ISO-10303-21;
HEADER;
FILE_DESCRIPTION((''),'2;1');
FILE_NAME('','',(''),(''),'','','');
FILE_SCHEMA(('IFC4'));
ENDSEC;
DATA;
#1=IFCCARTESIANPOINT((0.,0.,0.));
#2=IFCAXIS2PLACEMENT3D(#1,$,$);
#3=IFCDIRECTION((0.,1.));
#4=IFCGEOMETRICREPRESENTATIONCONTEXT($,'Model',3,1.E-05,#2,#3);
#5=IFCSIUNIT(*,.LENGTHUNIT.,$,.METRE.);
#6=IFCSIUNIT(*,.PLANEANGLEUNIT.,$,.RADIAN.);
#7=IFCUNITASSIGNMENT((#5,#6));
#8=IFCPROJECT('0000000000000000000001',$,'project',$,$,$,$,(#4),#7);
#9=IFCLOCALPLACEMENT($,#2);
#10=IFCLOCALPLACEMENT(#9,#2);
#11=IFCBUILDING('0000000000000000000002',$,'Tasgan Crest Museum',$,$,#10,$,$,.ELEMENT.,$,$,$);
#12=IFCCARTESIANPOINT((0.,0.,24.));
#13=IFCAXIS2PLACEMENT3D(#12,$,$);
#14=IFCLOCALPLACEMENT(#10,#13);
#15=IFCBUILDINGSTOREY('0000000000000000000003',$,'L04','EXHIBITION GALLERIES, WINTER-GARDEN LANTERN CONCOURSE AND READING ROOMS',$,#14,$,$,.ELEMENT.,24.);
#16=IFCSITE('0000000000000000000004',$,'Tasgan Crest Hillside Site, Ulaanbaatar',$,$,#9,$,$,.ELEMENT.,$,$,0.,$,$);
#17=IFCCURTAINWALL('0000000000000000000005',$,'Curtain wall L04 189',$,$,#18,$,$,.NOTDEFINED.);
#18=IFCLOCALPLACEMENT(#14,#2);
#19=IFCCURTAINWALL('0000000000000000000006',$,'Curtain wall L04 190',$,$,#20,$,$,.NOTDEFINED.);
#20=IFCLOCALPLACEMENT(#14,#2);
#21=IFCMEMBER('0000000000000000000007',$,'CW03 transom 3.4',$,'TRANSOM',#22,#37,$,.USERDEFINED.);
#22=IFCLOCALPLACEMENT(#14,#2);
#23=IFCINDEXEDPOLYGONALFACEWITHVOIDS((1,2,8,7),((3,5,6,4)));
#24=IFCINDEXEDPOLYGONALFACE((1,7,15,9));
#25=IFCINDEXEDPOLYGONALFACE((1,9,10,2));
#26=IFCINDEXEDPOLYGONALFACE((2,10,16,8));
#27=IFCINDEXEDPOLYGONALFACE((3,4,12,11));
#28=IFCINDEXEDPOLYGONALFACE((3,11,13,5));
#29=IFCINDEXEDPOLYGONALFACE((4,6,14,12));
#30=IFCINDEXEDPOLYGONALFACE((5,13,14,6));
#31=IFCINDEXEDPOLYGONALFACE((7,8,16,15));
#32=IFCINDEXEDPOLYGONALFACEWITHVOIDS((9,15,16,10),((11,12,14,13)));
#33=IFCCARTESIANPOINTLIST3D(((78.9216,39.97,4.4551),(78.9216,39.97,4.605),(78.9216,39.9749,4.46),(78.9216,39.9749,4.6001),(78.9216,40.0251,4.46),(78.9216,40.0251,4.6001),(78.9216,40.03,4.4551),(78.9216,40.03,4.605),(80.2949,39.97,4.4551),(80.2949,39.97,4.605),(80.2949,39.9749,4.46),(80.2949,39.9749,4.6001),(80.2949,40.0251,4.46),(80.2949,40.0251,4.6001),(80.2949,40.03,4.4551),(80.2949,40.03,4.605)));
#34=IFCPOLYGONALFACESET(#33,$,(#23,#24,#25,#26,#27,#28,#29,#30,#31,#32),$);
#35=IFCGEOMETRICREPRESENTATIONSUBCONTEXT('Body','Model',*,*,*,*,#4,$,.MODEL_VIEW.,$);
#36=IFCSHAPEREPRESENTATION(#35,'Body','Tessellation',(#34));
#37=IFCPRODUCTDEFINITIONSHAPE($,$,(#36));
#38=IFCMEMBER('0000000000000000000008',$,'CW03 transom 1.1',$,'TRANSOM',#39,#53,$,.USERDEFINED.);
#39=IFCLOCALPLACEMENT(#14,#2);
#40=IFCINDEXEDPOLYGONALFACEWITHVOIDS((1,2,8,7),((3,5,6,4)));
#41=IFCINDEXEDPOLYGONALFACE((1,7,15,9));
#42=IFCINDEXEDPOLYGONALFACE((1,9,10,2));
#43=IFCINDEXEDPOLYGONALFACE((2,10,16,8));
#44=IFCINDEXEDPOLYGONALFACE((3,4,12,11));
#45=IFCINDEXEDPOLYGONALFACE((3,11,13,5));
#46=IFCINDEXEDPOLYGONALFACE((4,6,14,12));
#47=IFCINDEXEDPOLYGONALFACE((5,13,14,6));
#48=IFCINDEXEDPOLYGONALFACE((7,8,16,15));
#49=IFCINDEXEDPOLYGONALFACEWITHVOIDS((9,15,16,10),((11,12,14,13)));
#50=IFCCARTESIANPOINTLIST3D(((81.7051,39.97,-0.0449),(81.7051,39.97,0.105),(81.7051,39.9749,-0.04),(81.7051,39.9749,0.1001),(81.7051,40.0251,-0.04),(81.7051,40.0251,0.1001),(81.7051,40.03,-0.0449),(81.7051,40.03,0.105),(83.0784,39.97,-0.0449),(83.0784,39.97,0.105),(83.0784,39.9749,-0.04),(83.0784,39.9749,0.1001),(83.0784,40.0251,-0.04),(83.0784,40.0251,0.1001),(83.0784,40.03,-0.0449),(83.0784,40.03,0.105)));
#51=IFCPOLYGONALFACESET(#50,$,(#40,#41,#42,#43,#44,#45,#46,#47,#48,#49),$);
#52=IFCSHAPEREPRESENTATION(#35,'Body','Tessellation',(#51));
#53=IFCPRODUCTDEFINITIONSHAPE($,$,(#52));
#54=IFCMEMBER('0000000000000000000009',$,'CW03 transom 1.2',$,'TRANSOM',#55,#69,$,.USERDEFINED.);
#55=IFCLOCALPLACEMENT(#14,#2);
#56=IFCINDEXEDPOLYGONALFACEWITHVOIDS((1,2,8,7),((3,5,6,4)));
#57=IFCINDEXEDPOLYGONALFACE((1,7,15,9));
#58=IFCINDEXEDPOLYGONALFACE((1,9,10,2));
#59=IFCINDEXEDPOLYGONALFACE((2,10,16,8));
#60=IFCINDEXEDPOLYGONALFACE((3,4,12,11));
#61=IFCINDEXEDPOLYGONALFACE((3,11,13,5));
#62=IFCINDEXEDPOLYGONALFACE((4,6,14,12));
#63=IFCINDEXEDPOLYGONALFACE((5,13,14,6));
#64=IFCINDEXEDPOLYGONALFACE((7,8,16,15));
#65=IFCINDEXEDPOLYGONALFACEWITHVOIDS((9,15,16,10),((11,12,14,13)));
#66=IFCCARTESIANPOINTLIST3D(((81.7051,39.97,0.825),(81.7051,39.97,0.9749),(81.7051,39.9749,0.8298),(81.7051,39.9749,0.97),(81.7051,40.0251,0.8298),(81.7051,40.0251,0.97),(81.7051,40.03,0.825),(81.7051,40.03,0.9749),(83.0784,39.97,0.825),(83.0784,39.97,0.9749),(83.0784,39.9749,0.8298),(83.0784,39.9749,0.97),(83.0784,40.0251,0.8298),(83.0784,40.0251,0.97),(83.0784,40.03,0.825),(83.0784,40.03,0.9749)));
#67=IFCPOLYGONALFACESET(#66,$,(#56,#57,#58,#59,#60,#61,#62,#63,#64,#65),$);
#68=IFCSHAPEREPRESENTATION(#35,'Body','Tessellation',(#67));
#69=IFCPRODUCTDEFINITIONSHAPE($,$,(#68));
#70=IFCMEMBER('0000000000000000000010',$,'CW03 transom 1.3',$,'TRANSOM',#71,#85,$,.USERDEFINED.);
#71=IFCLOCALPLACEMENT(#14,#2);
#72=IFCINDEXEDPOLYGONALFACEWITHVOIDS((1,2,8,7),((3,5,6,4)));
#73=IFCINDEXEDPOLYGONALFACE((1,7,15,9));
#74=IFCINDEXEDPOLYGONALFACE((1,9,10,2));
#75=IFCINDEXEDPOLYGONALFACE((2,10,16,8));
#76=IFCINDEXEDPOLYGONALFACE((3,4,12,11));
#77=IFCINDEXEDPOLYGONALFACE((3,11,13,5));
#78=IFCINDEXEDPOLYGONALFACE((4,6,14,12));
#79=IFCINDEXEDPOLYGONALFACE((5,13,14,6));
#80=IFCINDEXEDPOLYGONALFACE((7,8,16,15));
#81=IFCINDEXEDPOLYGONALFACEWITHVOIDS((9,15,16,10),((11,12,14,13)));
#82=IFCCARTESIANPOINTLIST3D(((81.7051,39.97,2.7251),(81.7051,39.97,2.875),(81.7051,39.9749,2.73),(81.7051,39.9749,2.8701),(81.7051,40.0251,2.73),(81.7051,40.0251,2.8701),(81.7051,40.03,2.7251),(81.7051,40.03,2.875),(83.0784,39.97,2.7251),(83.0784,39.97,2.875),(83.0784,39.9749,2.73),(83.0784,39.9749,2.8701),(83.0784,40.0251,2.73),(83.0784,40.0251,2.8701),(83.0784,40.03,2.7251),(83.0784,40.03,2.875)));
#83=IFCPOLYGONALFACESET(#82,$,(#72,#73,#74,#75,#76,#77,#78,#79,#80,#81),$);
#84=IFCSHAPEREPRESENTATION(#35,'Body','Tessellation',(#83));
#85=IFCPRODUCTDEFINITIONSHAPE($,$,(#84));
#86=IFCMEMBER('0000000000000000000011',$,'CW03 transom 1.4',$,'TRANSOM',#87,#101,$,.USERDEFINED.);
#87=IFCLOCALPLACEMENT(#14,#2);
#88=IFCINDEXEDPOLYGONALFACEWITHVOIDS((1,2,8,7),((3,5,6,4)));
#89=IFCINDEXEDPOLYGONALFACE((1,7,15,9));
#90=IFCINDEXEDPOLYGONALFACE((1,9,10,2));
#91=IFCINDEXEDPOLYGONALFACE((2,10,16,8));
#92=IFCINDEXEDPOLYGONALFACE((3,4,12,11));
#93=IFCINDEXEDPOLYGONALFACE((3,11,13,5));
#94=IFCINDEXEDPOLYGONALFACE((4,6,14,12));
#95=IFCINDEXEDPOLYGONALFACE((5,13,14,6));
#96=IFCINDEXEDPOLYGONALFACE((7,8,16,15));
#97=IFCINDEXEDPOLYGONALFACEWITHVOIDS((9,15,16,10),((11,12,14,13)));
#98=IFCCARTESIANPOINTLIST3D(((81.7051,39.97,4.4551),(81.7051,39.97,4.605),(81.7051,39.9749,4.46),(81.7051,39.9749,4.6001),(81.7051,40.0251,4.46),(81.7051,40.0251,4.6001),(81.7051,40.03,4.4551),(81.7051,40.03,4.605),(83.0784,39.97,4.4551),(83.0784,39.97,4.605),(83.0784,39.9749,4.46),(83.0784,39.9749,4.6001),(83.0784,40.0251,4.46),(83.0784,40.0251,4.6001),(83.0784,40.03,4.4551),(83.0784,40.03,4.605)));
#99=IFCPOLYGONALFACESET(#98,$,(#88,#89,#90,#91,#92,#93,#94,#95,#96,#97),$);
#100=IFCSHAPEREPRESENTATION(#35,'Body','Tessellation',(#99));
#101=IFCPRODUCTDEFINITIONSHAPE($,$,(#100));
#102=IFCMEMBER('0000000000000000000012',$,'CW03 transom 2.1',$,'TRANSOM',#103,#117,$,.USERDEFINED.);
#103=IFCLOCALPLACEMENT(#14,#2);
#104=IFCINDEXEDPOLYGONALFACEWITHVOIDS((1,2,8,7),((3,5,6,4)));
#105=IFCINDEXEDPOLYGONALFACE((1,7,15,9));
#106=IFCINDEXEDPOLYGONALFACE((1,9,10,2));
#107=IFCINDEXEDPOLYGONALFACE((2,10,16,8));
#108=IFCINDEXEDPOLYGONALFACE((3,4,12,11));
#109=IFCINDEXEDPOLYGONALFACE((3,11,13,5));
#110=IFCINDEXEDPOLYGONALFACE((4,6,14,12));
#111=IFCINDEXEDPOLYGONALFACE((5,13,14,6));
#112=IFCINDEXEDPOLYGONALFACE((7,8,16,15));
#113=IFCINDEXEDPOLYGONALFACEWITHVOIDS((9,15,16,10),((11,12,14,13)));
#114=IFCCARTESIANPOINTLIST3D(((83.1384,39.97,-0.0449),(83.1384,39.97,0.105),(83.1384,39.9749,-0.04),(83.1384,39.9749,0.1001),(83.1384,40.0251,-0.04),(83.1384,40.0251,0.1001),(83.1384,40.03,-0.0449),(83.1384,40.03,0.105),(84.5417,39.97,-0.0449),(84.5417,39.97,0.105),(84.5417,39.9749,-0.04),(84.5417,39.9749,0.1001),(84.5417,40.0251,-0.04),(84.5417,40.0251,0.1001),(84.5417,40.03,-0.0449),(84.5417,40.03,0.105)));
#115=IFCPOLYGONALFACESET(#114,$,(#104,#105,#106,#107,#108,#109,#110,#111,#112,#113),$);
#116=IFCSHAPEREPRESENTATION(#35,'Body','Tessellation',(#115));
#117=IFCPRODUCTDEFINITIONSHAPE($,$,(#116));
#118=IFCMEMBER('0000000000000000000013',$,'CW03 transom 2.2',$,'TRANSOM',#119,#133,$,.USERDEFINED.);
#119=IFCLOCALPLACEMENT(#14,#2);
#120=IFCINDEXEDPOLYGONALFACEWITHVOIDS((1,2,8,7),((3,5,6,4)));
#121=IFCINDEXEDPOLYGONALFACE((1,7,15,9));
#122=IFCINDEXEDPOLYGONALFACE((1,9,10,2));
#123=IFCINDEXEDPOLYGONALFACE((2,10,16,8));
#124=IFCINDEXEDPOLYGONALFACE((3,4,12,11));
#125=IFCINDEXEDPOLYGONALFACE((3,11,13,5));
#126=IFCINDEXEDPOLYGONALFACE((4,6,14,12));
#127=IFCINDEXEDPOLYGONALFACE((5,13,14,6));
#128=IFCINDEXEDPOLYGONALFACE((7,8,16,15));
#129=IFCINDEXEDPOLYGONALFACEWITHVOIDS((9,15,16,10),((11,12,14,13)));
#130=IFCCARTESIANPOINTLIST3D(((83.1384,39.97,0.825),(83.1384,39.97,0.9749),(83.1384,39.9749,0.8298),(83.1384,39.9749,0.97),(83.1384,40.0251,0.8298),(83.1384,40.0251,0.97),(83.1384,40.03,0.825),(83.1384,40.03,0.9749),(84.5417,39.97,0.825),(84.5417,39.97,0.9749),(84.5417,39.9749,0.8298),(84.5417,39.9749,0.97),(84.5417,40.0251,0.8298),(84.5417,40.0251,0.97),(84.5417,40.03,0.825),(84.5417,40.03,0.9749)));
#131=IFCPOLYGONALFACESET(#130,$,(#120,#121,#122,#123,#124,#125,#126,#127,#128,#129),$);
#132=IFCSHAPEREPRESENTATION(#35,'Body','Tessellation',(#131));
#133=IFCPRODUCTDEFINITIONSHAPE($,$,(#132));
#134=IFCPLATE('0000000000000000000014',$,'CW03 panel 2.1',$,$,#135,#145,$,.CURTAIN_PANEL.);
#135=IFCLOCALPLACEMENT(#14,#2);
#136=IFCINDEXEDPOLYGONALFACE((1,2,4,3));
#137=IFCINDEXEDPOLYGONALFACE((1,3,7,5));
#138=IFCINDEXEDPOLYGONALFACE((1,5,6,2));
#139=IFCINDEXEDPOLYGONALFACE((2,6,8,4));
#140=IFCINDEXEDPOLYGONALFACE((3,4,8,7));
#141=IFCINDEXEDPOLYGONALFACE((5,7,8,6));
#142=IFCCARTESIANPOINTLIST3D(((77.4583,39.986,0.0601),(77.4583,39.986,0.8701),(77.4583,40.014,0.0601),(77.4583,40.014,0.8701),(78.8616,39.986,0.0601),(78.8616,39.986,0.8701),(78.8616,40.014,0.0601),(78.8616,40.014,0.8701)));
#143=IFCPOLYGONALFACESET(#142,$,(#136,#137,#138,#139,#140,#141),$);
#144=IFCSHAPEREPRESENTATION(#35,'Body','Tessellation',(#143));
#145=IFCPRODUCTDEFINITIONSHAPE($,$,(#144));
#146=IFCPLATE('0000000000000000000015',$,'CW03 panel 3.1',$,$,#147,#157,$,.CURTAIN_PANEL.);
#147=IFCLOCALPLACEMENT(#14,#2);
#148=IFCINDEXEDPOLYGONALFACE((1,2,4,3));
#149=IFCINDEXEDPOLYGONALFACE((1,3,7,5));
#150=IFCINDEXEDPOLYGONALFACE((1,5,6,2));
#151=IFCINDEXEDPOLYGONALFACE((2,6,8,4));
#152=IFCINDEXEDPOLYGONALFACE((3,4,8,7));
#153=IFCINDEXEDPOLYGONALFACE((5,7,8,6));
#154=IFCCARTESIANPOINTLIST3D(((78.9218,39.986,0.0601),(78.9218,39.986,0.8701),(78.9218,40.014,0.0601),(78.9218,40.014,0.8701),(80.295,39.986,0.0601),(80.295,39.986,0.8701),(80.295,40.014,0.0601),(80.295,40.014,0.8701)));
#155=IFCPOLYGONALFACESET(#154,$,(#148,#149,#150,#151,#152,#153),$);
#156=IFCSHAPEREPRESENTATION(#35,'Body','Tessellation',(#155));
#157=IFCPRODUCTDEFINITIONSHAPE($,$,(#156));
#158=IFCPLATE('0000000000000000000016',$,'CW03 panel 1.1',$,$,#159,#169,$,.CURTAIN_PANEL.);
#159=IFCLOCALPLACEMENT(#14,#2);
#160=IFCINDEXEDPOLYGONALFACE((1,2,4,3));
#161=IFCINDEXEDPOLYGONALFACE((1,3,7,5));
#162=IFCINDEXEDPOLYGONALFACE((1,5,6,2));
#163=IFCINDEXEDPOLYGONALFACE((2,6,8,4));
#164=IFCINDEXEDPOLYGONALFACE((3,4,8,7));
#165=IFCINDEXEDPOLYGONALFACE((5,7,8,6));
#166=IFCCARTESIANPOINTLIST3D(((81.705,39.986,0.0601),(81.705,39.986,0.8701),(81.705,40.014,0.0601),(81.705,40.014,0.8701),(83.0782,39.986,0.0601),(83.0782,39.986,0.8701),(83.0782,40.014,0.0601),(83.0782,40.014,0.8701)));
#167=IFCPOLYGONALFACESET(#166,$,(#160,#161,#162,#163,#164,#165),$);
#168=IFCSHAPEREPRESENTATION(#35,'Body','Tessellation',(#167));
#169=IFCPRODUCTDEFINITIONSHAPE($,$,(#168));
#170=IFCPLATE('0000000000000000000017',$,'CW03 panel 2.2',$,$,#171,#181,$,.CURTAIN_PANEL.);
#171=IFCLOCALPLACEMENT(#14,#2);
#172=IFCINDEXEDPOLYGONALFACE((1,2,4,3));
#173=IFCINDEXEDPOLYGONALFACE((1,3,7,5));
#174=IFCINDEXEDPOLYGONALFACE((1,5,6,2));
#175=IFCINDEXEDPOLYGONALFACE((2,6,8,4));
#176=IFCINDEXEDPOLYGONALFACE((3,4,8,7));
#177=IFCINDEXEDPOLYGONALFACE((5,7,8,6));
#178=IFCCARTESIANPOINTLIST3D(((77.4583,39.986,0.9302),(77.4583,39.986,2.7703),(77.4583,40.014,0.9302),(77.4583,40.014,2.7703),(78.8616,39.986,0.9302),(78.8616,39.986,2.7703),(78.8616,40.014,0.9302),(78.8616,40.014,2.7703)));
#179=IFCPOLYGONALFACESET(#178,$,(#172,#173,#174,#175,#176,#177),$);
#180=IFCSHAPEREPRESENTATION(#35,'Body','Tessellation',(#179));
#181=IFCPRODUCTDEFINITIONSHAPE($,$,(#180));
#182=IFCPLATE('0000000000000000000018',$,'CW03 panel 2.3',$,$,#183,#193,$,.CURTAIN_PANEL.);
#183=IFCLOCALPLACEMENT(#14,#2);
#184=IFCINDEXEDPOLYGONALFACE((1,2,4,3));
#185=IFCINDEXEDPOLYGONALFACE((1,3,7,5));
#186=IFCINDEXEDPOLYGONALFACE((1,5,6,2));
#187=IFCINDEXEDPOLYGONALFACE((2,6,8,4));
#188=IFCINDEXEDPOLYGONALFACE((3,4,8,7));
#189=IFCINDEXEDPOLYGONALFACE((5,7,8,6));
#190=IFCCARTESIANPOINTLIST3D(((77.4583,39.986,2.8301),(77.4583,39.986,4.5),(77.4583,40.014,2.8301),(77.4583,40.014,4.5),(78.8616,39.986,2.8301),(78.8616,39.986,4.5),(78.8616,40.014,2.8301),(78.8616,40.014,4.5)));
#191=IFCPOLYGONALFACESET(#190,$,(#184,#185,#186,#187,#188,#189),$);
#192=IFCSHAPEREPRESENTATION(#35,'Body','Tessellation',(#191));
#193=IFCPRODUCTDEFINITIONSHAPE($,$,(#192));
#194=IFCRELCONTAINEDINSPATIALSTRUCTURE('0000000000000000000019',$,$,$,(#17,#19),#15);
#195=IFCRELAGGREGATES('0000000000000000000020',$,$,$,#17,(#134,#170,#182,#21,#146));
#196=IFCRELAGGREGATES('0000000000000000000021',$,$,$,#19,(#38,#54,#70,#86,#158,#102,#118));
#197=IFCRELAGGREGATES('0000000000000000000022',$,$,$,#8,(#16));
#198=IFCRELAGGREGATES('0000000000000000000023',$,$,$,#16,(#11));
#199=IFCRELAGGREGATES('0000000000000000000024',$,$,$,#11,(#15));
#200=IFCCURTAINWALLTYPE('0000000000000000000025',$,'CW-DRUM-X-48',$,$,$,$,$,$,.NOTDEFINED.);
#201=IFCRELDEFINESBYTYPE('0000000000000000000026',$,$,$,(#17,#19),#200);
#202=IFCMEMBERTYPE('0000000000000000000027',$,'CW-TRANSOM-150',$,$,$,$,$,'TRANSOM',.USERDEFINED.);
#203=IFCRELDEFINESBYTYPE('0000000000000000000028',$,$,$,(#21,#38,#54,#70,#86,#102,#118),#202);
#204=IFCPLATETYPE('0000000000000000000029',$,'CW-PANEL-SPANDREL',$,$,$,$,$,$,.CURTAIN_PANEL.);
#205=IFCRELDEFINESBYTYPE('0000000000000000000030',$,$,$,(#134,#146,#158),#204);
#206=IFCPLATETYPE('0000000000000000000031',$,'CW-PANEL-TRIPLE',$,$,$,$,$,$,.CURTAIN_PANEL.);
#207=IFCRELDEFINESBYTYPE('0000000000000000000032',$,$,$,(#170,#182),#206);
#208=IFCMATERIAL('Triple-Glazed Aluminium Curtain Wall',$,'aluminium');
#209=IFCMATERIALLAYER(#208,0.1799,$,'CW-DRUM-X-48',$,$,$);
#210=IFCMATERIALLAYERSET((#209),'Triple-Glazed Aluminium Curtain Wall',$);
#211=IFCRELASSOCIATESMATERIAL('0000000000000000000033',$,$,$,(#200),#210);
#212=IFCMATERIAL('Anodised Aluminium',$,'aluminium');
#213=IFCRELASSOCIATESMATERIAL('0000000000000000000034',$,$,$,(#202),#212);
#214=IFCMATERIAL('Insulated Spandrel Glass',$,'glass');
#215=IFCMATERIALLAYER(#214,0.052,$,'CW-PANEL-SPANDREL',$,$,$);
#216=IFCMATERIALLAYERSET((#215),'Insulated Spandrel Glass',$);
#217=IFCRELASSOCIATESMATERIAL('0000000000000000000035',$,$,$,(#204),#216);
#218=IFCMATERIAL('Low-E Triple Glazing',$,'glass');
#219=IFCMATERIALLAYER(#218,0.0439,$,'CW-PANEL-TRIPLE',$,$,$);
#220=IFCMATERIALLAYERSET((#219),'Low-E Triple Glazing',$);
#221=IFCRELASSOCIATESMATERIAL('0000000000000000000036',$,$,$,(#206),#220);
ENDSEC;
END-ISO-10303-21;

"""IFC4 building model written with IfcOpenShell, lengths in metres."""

from ifc_helpers import new_model, si_unit, direction, frame, origin, origin_2d, place, context, subcontext, project, spatial, rectangle, hollow_rectangle, extrude, material, layer, layer_set, material_profile, profile_set, type_object, element, aggregate, save


model = new_model("IFC4")

# Units and contexts
model_context = context("Model", 3, precision=1e-05, world=origin(), true_north=direction((0.0, 1.0)))
body_context = subcontext(model_context, "Body", "Model", "MODEL_VIEW")
ifc_project = project(units=[si_unit("LENGTHUNIT", "METRE"), si_unit("PLANEANGLEUNIT", "RADIAN")], contexts=[model_context])

# Site, building, storey
site_placement = place(None, origin())
site = spatial("IfcSite", under=ifc_project, at=site_placement, Name="Tasgan Crest Hillside Site, Ulaanbaatar", CompositionType="ELEMENT", RefElevation=0.0)
building_placement = place(site_placement, origin())
building = spatial("IfcBuilding", under=site, at=building_placement, Name="Tasgan Crest Museum", CompositionType="ELEMENT")
storey_placement = place(building_placement, frame((0.0, 0.0, 24.0)))
storey = spatial("IfcBuildingStorey", under=building, at=storey_placement, Name="L04", Description="EXHIBITION GALLERIES, WINTER-GARDEN LANTERN CONCOURSE AND READING ROOMS", CompositionType="ELEMENT", Elevation=24.0)

# Curtain walls
ifc_material_1 = material(Name="Triple-Glazed Aluminium Curtain Wall", Category="aluminium")
ifc_layer_1 = layer(ifc_material_1, 0.1799, Name="CW-DRUM-X-48")
ifc_layer_set_1 = layer_set([ifc_layer_1], Name="Triple-Glazed Aluminium Curtain Wall")
curtain_wall_type = type_object("IfcCurtainWallType", Name="CW-DRUM-X-48", PredefinedType="NOTDEFINED", material=ifc_layer_set_1)
curtain_wall_1_placement = place(storey_placement, origin())
curtain_wall_1 = element("IfcCurtainWall", 1, at=curtain_wall_1_placement, inside=storey, type_object=curtain_wall_type, Name="Curtain wall L04 189", PredefinedType="NOTDEFINED")
curtain_wall_2_placement = place(storey_placement, origin())
curtain_wall_2 = element("IfcCurtainWall", 2, at=curtain_wall_2_placement, inside=storey, type_object=curtain_wall_type, Name="Curtain wall L04 190", PredefinedType="NOTDEFINED")

# Members
ifc_material_2 = material(Name="Anodised Aluminium", Category="aluminium")
ifc_material_profile_1 = material_profile(ifc_material_2, hollow_rectangle(XDim=0.0601, YDim=0.1499, WallThickness=0.0049, at=origin_2d()), Name="ALU TRANSOM 150x60x5")
ifc_profile_set_1 = profile_set([ifc_material_profile_1], Name="Anodised Aluminium")
member_type_1 = type_object("IfcMemberType", Name="CW-TRANSOM-150", ElementType="TRANSOM", PredefinedType="USERDEFINED", material=ifc_profile_set_1)
member_1_placement = place(storey_placement, frame((78.9216, 40.0, 4.53), z_axis=(1.0, 0.0, 0.0), x_axis=(0.0, 1.0, 0.0)))
member_1 = element("IfcMember", 3, at=member_1_placement, type_object=member_type_1, Name="CW03 transom 3.4", ObjectType="TRANSOM", PredefinedType="USERDEFINED", context=body_context, shape_type="SweptSolid", body=[
    extrude(hollow_rectangle(XDim=0.0601, YDim=0.1499, WallThickness=0.0049, at=origin_2d()), origin(), (0.0, 0.0, 1.0), 1.3733),
])
member_2_placement = place(storey_placement, frame((81.7051, 40.0, 0.03), z_axis=(1.0, 0.0, 0.0), x_axis=(0.0, 1.0, 0.0)))
member_2 = element("IfcMember", 4, at=member_2_placement, type_object=member_type_1, Name="CW03 transom 1.1", ObjectType="TRANSOM", PredefinedType="USERDEFINED", context=body_context, shape_type="SweptSolid", body=[
    extrude(hollow_rectangle(XDim=0.0601, YDim=0.1499, WallThickness=0.0049, at=origin_2d()), origin(), (0.0, 0.0, 1.0), 1.3733),
])
member_3_placement = place(storey_placement, frame((81.7051, 40.0, 0.8999), z_axis=(1.0, 0.0, 0.0), x_axis=(0.0, 1.0, 0.0)))
member_3 = element("IfcMember", 5, at=member_3_placement, type_object=member_type_1, Name="CW03 transom 1.2", ObjectType="TRANSOM", PredefinedType="USERDEFINED", context=body_context, shape_type="SweptSolid", body=[
    extrude(hollow_rectangle(XDim=0.0601, YDim=0.1499, WallThickness=0.0049, at=origin_2d()), origin(), (0.0, 0.0, 1.0), 1.3733),
])
member_4_placement = place(storey_placement, frame((81.7051, 40.0, 2.8), z_axis=(1.0, 0.0, 0.0), x_axis=(0.0, 1.0, 0.0)))
member_4 = element("IfcMember", 6, at=member_4_placement, type_object=member_type_1, Name="CW03 transom 1.3", ObjectType="TRANSOM", PredefinedType="USERDEFINED", context=body_context, shape_type="SweptSolid", body=[
    extrude(hollow_rectangle(XDim=0.0601, YDim=0.1499, WallThickness=0.0049, at=origin_2d()), origin(), (0.0, 0.0, 1.0), 1.3733),
])
member_5_placement = place(storey_placement, frame((81.7051, 40.0, 4.53), z_axis=(1.0, 0.0, 0.0), x_axis=(0.0, 1.0, 0.0)))
member_5 = element("IfcMember", 7, at=member_5_placement, type_object=member_type_1, Name="CW03 transom 1.4", ObjectType="TRANSOM", PredefinedType="USERDEFINED", context=body_context, shape_type="SweptSolid", body=[
    extrude(hollow_rectangle(XDim=0.0601, YDim=0.1499, WallThickness=0.0049, at=origin_2d()), origin(), (0.0, 0.0, 1.0), 1.3733),
])
member_6_placement = place(storey_placement, frame((83.1384, 40.0, 0.03), z_axis=(1.0, 0.0, 0.0), x_axis=(0.0, 1.0, 0.0)))
member_6 = element("IfcMember", 8, at=member_6_placement, type_object=member_type_1, Name="CW03 transom 2.1", ObjectType="TRANSOM", PredefinedType="USERDEFINED", context=body_context, shape_type="SweptSolid", body=[
    extrude(hollow_rectangle(XDim=0.0601, YDim=0.1499, WallThickness=0.0049, at=origin_2d()), origin(), (0.0, 0.0, 1.0), 1.4033),
])
member_7_placement = place(storey_placement, frame((83.1384, 40.0, 0.8999), z_axis=(1.0, 0.0, 0.0), x_axis=(0.0, 1.0, 0.0)))
member_7 = element("IfcMember", 9, at=member_7_placement, type_object=member_type_1, Name="CW03 transom 2.2", ObjectType="TRANSOM", PredefinedType="USERDEFINED", context=body_context, shape_type="SweptSolid", body=[
    extrude(hollow_rectangle(XDim=0.0601, YDim=0.1499, WallThickness=0.0049, at=origin_2d()), origin(), (0.0, 0.0, 1.0), 1.4033),
])

# Plates
ifc_material_3 = material(Name="Insulated Spandrel Glass", Category="glass")
ifc_layer_2 = layer(ifc_material_3, 0.052, Name="CW-PANEL-SPANDREL")
ifc_layer_set_2 = layer_set([ifc_layer_2], Name="Insulated Spandrel Glass")
plate_type_1 = type_object("IfcPlateType", Name="CW-PANEL-SPANDREL", PredefinedType="CURTAIN_PANEL", material=ifc_layer_set_2)
plate_1_placement = place(storey_placement, frame((78.1599, 40.0, 0.0601), z_axis=(0.0, 0.0, 1.0), x_axis=(1.0, 0.0, 0.0)))
plate_1 = element("IfcPlate", 10, at=plate_1_placement, type_object=plate_type_1, Name="CW03 panel 2.1", PredefinedType="CURTAIN_PANEL", context=body_context, shape_type="SweptSolid", body=[
    extrude(rectangle(XDim=1.4033, YDim=0.0281, at=origin_2d()), origin(), (0.0, 0.0, 1.0), 0.8101),
])
plate_2_placement = place(storey_placement, frame((79.6084, 40.0, 0.0601), z_axis=(0.0, 0.0, 1.0), x_axis=(1.0, 0.0, 0.0)))
plate_2 = element("IfcPlate", 11, at=plate_2_placement, type_object=plate_type_1, Name="CW03 panel 3.1", PredefinedType="CURTAIN_PANEL", context=body_context, shape_type="SweptSolid", body=[
    extrude(rectangle(XDim=1.3733, YDim=0.0281, at=origin_2d()), origin(), (0.0, 0.0, 1.0), 0.8101),
])
plate_3_placement = place(storey_placement, frame((82.3916, 40.0, 0.0601), z_axis=(0.0, 0.0, 1.0), x_axis=(1.0, 0.0, 0.0)))
plate_3 = element("IfcPlate", 12, at=plate_3_placement, type_object=plate_type_1, Name="CW03 panel 1.1", PredefinedType="CURTAIN_PANEL", context=body_context, shape_type="SweptSolid", body=[
    extrude(rectangle(XDim=1.3733, YDim=0.0281, at=origin_2d()), origin(), (0.0, 0.0, 1.0), 0.8101),
])
ifc_material_4 = material(Name="Low-E Triple Glazing", Category="glass")
ifc_layer_3 = layer(ifc_material_4, 0.0439, Name="CW-PANEL-TRIPLE")
ifc_layer_set_3 = layer_set([ifc_layer_3], Name="Low-E Triple Glazing")
plate_type_2 = type_object("IfcPlateType", Name="CW-PANEL-TRIPLE", PredefinedType="CURTAIN_PANEL", material=ifc_layer_set_3)
plate_4_placement = place(storey_placement, frame((78.1599, 40.0, 0.9302), z_axis=(0.0, 0.0, 1.0), x_axis=(1.0, 0.0, 0.0)))
plate_4 = element("IfcPlate", 13, at=plate_4_placement, type_object=plate_type_2, Name="CW03 panel 2.2", PredefinedType="CURTAIN_PANEL", context=body_context, shape_type="SweptSolid", body=[
    extrude(rectangle(XDim=1.4033, YDim=0.0281, at=origin_2d()), origin(), (0.0, 0.0, 1.0), 1.8401),
])
plate_5_placement = place(storey_placement, frame((78.1599, 40.0, 2.8301), z_axis=(0.0, 0.0, 1.0), x_axis=(1.0, 0.0, 0.0)))
plate_5 = element("IfcPlate", 14, at=plate_5_placement, type_object=plate_type_2, Name="CW03 panel 2.3", PredefinedType="CURTAIN_PANEL", context=body_context, shape_type="SweptSolid", body=[
    extrude(rectangle(XDim=1.4033, YDim=0.0281, at=origin_2d()), origin(), (0.0, 0.0, 1.0), 1.6699),
])
aggregate(curtain_wall_1, [plate_1, plate_4, plate_5, member_1, plate_2])
aggregate(curtain_wall_2, [member_2, member_3, member_4, member_5, plate_3, member_6, member_7])

save(model, "model.ifc")
